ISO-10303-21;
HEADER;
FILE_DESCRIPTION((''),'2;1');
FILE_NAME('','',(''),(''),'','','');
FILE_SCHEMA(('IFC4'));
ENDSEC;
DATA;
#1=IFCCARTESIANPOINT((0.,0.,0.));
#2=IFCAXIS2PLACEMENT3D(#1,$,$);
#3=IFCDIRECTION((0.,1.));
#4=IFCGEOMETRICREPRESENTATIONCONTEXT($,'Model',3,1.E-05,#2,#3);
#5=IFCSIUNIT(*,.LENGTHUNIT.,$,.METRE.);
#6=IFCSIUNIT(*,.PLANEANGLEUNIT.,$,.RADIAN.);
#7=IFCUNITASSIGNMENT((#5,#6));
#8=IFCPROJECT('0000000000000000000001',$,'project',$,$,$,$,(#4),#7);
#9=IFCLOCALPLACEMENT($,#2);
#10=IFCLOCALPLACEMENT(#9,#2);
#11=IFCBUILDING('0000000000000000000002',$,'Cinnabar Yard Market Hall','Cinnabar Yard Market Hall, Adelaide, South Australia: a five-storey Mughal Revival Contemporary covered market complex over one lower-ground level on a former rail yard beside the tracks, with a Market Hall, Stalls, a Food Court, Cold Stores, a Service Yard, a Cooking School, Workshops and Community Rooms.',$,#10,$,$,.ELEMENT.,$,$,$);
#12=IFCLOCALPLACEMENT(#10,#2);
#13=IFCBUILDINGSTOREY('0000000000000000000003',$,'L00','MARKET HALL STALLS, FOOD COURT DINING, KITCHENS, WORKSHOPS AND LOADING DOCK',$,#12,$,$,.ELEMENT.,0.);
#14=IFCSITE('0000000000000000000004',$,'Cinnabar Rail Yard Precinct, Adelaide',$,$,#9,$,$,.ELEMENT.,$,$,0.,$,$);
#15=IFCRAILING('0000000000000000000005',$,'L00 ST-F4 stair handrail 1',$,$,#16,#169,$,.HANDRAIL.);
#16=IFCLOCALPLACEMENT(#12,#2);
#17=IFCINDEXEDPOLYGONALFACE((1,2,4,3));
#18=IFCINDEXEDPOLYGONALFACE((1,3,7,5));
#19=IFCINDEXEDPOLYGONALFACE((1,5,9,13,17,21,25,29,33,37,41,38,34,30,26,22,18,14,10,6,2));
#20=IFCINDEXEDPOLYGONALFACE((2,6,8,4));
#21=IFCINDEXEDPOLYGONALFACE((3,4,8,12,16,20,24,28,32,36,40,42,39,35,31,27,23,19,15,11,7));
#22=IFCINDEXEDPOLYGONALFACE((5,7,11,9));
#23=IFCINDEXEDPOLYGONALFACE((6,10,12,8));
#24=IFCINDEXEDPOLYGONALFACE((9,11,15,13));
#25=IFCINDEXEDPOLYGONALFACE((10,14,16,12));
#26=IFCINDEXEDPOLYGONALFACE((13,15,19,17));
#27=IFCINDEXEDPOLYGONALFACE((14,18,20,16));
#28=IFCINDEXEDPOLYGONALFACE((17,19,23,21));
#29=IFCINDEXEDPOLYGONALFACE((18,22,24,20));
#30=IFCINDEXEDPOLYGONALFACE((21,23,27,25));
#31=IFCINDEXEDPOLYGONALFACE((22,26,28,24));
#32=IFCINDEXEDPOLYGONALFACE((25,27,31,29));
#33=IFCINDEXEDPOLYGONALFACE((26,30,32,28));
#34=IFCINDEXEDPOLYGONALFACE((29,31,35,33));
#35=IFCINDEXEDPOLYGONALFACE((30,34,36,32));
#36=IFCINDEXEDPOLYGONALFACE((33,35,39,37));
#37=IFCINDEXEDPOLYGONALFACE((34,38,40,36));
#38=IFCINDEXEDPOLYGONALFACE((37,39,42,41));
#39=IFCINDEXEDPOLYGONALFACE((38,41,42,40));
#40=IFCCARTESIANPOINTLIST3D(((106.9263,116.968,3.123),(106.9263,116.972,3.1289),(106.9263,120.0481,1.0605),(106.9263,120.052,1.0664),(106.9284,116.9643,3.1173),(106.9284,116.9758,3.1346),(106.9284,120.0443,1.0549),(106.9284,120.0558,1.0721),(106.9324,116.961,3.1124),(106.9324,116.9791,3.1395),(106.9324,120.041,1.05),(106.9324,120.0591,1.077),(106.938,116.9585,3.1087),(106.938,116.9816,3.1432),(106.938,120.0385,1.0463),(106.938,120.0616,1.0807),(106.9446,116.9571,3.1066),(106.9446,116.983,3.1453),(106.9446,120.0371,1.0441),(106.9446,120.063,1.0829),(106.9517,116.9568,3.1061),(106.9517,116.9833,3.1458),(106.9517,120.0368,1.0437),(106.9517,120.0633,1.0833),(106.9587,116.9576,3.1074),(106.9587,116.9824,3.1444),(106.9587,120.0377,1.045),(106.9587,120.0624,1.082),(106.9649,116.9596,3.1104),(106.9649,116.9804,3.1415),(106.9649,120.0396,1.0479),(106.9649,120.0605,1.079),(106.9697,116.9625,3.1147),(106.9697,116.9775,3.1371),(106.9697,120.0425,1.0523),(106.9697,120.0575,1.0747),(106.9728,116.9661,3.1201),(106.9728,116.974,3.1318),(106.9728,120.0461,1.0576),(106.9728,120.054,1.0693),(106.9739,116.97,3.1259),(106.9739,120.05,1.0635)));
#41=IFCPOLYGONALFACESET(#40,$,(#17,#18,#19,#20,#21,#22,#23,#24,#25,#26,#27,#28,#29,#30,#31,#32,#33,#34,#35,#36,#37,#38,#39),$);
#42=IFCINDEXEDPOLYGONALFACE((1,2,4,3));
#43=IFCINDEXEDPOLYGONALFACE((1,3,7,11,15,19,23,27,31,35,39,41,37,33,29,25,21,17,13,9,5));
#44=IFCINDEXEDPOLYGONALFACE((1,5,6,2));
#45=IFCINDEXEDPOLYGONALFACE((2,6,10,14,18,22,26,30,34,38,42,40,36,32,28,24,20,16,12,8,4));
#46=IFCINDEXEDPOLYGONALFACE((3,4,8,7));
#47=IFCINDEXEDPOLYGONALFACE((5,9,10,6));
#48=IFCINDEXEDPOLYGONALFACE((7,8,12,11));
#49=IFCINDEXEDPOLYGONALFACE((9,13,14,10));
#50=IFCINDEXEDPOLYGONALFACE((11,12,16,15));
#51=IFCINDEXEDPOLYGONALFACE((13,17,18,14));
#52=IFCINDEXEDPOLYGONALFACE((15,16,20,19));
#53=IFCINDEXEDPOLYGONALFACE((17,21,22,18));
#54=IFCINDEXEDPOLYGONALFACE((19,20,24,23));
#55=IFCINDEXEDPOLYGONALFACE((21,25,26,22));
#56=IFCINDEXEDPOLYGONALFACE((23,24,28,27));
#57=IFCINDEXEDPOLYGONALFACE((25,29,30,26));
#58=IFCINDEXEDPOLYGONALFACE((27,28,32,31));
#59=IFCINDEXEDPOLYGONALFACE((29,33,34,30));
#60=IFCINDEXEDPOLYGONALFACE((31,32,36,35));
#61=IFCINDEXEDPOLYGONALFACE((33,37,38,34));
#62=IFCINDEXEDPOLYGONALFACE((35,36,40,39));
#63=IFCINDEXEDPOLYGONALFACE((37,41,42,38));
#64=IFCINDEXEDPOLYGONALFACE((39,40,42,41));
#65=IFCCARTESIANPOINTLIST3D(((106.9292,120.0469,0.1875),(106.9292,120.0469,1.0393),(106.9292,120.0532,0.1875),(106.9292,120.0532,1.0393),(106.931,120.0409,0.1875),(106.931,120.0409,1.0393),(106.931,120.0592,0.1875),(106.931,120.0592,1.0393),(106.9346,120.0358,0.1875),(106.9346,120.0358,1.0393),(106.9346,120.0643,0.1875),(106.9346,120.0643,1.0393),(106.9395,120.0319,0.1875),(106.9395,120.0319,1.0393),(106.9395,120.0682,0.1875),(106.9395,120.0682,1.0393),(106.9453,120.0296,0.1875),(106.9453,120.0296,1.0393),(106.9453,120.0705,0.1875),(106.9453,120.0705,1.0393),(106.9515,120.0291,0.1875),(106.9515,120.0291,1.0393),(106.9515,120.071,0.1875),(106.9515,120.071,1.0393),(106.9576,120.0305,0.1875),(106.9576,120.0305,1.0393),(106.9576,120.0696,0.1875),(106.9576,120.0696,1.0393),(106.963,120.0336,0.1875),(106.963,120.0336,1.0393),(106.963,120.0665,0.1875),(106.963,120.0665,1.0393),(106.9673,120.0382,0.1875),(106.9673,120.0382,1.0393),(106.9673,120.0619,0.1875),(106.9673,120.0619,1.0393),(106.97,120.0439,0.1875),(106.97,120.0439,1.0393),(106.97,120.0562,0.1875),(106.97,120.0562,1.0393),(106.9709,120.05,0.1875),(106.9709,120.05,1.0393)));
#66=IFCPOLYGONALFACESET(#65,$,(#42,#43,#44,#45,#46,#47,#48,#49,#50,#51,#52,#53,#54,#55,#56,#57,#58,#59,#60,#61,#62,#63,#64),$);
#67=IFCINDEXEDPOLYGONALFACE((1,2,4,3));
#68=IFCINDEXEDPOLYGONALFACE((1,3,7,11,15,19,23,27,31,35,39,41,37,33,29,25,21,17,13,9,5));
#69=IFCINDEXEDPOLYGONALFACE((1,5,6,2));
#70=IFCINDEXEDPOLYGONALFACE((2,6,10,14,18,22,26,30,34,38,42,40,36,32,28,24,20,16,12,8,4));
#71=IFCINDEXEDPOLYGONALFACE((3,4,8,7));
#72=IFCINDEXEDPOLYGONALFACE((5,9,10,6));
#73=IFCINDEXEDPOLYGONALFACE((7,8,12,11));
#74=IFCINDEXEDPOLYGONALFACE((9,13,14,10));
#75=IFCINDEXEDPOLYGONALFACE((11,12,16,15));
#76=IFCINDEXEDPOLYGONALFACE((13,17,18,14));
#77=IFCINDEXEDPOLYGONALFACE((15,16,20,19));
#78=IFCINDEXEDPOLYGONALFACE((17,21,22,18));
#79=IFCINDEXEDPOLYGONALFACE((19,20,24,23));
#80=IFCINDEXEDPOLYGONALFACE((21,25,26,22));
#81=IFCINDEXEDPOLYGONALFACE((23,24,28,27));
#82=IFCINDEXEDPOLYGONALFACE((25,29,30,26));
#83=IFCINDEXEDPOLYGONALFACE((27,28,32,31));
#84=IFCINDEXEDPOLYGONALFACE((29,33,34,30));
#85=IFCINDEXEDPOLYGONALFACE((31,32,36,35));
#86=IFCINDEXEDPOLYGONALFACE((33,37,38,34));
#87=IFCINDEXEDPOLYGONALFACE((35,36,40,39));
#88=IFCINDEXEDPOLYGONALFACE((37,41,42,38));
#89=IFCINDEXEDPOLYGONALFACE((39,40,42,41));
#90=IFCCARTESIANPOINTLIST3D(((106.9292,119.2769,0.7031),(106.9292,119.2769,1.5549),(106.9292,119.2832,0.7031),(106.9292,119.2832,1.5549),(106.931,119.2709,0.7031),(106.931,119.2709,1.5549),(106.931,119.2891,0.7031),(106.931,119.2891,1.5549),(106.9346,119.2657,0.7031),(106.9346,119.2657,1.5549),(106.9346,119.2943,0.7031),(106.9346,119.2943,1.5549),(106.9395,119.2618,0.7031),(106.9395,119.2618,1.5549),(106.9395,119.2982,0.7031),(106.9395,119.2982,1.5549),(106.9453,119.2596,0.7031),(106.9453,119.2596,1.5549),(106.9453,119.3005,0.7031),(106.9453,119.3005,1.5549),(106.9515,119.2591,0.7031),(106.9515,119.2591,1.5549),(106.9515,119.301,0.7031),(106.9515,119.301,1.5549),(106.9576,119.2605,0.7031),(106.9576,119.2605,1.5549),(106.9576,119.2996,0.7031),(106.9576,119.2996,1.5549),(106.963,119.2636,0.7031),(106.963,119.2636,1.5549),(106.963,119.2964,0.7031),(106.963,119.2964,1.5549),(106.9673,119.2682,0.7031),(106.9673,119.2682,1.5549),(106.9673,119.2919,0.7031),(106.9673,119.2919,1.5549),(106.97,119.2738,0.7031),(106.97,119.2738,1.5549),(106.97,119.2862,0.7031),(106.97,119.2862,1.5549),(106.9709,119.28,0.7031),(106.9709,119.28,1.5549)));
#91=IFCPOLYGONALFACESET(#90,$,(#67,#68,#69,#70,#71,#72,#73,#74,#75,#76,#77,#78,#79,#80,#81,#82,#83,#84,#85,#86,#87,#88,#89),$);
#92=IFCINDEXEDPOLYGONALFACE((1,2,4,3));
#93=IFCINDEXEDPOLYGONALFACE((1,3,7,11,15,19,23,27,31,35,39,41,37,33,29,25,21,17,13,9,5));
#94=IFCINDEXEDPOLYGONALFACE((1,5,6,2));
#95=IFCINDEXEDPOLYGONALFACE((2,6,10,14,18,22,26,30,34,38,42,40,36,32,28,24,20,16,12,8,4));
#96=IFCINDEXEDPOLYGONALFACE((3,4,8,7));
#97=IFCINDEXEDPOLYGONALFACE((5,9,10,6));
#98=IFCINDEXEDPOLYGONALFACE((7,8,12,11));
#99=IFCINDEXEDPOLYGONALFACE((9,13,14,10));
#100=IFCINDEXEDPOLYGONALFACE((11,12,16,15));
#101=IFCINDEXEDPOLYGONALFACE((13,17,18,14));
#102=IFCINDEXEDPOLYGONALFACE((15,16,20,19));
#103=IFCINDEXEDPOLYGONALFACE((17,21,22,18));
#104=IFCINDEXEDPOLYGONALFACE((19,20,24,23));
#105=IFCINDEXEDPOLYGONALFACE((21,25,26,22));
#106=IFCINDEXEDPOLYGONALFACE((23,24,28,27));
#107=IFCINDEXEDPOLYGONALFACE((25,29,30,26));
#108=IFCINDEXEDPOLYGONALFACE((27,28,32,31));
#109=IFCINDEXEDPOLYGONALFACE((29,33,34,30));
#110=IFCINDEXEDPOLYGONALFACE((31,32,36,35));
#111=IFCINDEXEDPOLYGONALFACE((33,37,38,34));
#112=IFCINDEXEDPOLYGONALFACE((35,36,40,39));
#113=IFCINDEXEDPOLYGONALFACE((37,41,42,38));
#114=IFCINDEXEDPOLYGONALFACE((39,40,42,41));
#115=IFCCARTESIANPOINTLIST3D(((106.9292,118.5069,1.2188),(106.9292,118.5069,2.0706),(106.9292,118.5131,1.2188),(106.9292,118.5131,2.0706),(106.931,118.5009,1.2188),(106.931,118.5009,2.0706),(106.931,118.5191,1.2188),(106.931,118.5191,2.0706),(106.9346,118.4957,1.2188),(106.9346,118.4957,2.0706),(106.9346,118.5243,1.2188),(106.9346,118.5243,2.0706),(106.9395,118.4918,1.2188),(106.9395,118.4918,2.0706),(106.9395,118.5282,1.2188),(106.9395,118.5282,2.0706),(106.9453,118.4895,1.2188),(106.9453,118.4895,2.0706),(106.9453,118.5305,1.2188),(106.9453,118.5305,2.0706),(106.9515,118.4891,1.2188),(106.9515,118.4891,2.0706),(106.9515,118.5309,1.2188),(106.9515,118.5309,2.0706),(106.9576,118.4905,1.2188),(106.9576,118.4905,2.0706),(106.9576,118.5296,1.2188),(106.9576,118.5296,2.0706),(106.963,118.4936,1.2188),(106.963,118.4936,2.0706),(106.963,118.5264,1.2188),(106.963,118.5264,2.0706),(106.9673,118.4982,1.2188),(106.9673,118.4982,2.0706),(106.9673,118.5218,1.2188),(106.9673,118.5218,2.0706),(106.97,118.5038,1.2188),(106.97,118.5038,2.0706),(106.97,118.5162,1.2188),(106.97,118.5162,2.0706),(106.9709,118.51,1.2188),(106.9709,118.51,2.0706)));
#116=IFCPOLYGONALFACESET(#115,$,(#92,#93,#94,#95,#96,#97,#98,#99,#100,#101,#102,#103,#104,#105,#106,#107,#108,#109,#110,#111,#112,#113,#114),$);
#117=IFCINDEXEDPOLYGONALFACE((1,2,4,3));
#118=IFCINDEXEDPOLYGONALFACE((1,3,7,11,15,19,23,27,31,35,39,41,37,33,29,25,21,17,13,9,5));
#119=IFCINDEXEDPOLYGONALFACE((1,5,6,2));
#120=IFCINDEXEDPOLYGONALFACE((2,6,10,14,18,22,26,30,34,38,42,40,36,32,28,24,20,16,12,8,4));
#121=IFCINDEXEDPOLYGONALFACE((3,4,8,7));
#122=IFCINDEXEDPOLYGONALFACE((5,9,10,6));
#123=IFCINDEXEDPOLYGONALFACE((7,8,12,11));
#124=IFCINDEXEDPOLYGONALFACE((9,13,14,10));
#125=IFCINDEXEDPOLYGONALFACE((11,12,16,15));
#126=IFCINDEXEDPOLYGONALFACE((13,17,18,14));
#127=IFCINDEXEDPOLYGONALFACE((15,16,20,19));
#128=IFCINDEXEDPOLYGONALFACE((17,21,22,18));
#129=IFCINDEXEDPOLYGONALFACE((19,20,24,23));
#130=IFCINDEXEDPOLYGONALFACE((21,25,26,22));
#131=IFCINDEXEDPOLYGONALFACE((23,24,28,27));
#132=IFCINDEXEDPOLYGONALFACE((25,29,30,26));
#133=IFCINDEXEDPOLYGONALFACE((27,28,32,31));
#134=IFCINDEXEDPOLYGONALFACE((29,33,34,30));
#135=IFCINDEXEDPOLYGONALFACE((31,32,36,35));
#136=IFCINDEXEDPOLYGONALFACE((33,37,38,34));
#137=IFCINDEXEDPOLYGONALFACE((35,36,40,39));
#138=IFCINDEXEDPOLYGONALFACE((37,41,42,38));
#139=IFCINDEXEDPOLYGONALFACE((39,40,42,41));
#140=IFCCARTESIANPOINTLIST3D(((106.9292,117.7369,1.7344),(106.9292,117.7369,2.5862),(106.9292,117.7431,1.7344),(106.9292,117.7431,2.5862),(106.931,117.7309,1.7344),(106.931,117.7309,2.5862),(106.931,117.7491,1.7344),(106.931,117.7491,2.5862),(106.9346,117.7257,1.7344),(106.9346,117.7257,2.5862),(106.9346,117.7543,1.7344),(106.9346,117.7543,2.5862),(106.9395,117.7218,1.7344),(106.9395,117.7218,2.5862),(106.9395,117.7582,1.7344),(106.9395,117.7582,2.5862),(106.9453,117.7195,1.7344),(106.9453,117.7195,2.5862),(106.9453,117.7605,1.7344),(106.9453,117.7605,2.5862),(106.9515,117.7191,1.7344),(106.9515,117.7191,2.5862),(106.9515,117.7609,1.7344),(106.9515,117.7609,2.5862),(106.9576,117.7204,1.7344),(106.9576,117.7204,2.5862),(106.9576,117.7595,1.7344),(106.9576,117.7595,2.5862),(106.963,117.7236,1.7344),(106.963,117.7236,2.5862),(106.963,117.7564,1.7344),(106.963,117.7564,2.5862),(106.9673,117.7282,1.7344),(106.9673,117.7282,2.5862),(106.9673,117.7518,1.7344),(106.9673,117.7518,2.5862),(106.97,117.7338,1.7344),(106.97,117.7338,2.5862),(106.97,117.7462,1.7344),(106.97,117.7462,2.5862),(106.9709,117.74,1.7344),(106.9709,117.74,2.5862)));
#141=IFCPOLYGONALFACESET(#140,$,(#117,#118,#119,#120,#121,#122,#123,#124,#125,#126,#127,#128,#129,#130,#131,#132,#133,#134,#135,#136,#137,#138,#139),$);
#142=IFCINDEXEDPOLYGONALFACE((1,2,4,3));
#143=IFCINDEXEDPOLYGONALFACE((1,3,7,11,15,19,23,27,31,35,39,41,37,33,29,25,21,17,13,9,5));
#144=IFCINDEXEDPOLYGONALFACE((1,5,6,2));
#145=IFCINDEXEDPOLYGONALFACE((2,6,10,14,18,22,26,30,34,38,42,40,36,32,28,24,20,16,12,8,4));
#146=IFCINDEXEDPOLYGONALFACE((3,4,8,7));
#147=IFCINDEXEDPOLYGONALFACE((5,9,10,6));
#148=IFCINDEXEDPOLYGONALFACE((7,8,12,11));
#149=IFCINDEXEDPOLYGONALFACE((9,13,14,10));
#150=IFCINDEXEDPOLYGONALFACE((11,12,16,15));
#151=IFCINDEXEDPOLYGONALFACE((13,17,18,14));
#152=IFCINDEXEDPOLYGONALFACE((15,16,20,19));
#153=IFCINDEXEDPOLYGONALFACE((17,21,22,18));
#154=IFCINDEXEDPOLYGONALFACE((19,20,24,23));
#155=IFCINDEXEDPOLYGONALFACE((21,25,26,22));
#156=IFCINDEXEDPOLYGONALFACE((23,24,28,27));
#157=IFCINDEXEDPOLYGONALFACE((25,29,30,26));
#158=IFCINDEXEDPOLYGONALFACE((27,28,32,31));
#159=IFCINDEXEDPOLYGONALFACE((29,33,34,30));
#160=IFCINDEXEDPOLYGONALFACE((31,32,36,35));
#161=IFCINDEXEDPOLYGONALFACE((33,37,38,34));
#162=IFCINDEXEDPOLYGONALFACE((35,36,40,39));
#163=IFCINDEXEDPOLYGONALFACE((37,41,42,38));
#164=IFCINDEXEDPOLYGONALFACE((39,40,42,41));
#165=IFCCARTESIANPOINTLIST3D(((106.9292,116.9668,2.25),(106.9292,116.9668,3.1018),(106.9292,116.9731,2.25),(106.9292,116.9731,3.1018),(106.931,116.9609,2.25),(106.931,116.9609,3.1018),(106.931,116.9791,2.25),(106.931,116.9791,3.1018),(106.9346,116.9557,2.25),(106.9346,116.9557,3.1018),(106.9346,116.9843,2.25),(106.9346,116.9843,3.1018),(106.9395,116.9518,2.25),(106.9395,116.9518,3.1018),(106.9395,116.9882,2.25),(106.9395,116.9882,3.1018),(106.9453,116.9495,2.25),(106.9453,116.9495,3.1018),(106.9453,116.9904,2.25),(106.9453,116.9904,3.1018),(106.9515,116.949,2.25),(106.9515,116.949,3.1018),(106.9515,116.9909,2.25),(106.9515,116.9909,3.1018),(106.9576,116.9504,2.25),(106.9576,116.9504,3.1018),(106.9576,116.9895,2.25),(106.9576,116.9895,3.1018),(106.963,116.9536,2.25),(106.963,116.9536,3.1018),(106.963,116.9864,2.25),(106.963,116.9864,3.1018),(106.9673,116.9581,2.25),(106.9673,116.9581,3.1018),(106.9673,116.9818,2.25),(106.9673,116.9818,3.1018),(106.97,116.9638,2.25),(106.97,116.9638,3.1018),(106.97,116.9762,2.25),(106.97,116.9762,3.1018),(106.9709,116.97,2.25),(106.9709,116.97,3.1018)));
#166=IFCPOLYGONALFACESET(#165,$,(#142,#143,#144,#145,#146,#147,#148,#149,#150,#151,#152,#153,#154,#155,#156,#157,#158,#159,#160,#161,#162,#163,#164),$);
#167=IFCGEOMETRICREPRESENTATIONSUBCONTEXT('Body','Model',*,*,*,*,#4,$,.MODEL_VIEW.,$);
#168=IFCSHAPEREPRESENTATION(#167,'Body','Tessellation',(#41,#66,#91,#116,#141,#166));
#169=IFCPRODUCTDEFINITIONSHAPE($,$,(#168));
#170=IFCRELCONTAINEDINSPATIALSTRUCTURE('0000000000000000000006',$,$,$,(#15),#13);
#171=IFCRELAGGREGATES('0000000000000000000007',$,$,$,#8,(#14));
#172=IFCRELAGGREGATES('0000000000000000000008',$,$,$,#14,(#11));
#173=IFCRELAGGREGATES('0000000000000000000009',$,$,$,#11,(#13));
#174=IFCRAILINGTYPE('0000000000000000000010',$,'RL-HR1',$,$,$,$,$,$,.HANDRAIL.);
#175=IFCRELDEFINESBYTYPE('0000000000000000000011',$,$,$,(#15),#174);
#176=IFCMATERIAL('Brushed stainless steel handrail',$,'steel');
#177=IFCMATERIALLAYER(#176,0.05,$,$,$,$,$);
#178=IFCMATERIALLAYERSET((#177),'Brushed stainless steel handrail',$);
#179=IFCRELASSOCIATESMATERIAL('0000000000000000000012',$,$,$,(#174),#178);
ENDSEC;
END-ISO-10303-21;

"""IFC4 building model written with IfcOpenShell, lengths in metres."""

from ifc_helpers import new_model, si_unit, direction, frame, origin, origin_2d_with_axis, place, context, subcontext, project, spatial, circle, extrude, material, layer, layer_set, type_object, element, save


model = new_model("IFC4")

# Units and contexts
model_context = context("Model", 3, precision=1e-05, world=origin(), true_north=direction((0.0, 1.0)))
body_context = subcontext(model_context, "Body", "Model", "MODEL_VIEW")
ifc_project = project(units=[si_unit("LENGTHUNIT", "METRE"), si_unit("PLANEANGLEUNIT", "RADIAN")], contexts=[model_context])

# Site, building, storey
site_placement = place(None, origin())
site = spatial("IfcSite", under=ifc_project, at=site_placement, Name="Cinnabar Rail Yard Precinct, Adelaide", CompositionType="ELEMENT", RefElevation=0.0)
building_placement = place(site_placement, origin())
building = spatial("IfcBuilding", under=site, at=building_placement, Name="Cinnabar Yard Market Hall", Description="Cinnabar Yard Market Hall, Adelaide, South Australia: a five-storey Mughal Revival Contemporary covered market complex over one lower-ground level on a former rail yard beside the tracks, with a Market Hall, Stalls, a Food Court, Cold Stores, a Service Yard, a Cooking School, Workshops and Community Rooms.", CompositionType="ELEMENT")
storey_placement = place(building_placement, origin())
storey = spatial("IfcBuildingStorey", under=building, at=storey_placement, Name="L00", Description="MARKET HALL STALLS, FOOD COURT DINING, KITCHENS, WORKSHOPS AND LOADING DOCK", CompositionType="ELEMENT", Elevation=0.0)

# Railing
ifc_material_1 = material(Name="Brushed stainless steel handrail", Category="steel")
ifc_layer_1 = layer(ifc_material_1, 0.05)
ifc_layer_set_1 = layer_set([ifc_layer_1], Name="Brushed stainless steel handrail")
railing_type_1 = type_object("IfcRailingType", Name="RL-HR1", PredefinedType="HANDRAIL", material=ifc_layer_set_1)
railing_1_placement = place(storey_placement, frame((106.95, 120.05, 0.1875)))
element("IfcRailing", 1, at=railing_1_placement, inside=storey, type_object=railing_type_1, Name="L00 ST-F4 stair handrail 1", PredefinedType="HANDRAIL", context=body_context, shape_type="SweptSolid", body=[
    extrude(circle(Radius=0.0239, at=origin_2d_with_axis()), frame((0.0, 0.0, 0.876), z_axis=(0.0, -0.830914, 0.556401), x_axis=(1.0, 0.0, 0.0)), (0.0, 0.0, 1.0), 3.7068),
    extrude(circle(Radius=0.021, at=origin_2d_with_axis()), origin(), (0.0, 0.0, 1.0), 0.8518),
    extrude(circle(Radius=0.021, at=origin_2d_with_axis()), frame((0.0, -0.77, 0.5156)), (0.0, 0.0, 1.0), 0.8518),
    extrude(circle(Radius=0.021, at=origin_2d_with_axis()), frame((0.0, -1.54, 1.0312)), (0.0, 0.0, 1.0), 0.8518),
    extrude(circle(Radius=0.021, at=origin_2d_with_axis()), frame((0.0, -2.3101, 1.5469)), (0.0, 0.0, 1.0), 0.8518),
    extrude(circle(Radius=0.021, at=origin_2d_with_axis()), frame((0.0, -3.0801, 2.0625)), (0.0, 0.0, 1.0), 0.8518),
])

save(model, "model.ifc")
